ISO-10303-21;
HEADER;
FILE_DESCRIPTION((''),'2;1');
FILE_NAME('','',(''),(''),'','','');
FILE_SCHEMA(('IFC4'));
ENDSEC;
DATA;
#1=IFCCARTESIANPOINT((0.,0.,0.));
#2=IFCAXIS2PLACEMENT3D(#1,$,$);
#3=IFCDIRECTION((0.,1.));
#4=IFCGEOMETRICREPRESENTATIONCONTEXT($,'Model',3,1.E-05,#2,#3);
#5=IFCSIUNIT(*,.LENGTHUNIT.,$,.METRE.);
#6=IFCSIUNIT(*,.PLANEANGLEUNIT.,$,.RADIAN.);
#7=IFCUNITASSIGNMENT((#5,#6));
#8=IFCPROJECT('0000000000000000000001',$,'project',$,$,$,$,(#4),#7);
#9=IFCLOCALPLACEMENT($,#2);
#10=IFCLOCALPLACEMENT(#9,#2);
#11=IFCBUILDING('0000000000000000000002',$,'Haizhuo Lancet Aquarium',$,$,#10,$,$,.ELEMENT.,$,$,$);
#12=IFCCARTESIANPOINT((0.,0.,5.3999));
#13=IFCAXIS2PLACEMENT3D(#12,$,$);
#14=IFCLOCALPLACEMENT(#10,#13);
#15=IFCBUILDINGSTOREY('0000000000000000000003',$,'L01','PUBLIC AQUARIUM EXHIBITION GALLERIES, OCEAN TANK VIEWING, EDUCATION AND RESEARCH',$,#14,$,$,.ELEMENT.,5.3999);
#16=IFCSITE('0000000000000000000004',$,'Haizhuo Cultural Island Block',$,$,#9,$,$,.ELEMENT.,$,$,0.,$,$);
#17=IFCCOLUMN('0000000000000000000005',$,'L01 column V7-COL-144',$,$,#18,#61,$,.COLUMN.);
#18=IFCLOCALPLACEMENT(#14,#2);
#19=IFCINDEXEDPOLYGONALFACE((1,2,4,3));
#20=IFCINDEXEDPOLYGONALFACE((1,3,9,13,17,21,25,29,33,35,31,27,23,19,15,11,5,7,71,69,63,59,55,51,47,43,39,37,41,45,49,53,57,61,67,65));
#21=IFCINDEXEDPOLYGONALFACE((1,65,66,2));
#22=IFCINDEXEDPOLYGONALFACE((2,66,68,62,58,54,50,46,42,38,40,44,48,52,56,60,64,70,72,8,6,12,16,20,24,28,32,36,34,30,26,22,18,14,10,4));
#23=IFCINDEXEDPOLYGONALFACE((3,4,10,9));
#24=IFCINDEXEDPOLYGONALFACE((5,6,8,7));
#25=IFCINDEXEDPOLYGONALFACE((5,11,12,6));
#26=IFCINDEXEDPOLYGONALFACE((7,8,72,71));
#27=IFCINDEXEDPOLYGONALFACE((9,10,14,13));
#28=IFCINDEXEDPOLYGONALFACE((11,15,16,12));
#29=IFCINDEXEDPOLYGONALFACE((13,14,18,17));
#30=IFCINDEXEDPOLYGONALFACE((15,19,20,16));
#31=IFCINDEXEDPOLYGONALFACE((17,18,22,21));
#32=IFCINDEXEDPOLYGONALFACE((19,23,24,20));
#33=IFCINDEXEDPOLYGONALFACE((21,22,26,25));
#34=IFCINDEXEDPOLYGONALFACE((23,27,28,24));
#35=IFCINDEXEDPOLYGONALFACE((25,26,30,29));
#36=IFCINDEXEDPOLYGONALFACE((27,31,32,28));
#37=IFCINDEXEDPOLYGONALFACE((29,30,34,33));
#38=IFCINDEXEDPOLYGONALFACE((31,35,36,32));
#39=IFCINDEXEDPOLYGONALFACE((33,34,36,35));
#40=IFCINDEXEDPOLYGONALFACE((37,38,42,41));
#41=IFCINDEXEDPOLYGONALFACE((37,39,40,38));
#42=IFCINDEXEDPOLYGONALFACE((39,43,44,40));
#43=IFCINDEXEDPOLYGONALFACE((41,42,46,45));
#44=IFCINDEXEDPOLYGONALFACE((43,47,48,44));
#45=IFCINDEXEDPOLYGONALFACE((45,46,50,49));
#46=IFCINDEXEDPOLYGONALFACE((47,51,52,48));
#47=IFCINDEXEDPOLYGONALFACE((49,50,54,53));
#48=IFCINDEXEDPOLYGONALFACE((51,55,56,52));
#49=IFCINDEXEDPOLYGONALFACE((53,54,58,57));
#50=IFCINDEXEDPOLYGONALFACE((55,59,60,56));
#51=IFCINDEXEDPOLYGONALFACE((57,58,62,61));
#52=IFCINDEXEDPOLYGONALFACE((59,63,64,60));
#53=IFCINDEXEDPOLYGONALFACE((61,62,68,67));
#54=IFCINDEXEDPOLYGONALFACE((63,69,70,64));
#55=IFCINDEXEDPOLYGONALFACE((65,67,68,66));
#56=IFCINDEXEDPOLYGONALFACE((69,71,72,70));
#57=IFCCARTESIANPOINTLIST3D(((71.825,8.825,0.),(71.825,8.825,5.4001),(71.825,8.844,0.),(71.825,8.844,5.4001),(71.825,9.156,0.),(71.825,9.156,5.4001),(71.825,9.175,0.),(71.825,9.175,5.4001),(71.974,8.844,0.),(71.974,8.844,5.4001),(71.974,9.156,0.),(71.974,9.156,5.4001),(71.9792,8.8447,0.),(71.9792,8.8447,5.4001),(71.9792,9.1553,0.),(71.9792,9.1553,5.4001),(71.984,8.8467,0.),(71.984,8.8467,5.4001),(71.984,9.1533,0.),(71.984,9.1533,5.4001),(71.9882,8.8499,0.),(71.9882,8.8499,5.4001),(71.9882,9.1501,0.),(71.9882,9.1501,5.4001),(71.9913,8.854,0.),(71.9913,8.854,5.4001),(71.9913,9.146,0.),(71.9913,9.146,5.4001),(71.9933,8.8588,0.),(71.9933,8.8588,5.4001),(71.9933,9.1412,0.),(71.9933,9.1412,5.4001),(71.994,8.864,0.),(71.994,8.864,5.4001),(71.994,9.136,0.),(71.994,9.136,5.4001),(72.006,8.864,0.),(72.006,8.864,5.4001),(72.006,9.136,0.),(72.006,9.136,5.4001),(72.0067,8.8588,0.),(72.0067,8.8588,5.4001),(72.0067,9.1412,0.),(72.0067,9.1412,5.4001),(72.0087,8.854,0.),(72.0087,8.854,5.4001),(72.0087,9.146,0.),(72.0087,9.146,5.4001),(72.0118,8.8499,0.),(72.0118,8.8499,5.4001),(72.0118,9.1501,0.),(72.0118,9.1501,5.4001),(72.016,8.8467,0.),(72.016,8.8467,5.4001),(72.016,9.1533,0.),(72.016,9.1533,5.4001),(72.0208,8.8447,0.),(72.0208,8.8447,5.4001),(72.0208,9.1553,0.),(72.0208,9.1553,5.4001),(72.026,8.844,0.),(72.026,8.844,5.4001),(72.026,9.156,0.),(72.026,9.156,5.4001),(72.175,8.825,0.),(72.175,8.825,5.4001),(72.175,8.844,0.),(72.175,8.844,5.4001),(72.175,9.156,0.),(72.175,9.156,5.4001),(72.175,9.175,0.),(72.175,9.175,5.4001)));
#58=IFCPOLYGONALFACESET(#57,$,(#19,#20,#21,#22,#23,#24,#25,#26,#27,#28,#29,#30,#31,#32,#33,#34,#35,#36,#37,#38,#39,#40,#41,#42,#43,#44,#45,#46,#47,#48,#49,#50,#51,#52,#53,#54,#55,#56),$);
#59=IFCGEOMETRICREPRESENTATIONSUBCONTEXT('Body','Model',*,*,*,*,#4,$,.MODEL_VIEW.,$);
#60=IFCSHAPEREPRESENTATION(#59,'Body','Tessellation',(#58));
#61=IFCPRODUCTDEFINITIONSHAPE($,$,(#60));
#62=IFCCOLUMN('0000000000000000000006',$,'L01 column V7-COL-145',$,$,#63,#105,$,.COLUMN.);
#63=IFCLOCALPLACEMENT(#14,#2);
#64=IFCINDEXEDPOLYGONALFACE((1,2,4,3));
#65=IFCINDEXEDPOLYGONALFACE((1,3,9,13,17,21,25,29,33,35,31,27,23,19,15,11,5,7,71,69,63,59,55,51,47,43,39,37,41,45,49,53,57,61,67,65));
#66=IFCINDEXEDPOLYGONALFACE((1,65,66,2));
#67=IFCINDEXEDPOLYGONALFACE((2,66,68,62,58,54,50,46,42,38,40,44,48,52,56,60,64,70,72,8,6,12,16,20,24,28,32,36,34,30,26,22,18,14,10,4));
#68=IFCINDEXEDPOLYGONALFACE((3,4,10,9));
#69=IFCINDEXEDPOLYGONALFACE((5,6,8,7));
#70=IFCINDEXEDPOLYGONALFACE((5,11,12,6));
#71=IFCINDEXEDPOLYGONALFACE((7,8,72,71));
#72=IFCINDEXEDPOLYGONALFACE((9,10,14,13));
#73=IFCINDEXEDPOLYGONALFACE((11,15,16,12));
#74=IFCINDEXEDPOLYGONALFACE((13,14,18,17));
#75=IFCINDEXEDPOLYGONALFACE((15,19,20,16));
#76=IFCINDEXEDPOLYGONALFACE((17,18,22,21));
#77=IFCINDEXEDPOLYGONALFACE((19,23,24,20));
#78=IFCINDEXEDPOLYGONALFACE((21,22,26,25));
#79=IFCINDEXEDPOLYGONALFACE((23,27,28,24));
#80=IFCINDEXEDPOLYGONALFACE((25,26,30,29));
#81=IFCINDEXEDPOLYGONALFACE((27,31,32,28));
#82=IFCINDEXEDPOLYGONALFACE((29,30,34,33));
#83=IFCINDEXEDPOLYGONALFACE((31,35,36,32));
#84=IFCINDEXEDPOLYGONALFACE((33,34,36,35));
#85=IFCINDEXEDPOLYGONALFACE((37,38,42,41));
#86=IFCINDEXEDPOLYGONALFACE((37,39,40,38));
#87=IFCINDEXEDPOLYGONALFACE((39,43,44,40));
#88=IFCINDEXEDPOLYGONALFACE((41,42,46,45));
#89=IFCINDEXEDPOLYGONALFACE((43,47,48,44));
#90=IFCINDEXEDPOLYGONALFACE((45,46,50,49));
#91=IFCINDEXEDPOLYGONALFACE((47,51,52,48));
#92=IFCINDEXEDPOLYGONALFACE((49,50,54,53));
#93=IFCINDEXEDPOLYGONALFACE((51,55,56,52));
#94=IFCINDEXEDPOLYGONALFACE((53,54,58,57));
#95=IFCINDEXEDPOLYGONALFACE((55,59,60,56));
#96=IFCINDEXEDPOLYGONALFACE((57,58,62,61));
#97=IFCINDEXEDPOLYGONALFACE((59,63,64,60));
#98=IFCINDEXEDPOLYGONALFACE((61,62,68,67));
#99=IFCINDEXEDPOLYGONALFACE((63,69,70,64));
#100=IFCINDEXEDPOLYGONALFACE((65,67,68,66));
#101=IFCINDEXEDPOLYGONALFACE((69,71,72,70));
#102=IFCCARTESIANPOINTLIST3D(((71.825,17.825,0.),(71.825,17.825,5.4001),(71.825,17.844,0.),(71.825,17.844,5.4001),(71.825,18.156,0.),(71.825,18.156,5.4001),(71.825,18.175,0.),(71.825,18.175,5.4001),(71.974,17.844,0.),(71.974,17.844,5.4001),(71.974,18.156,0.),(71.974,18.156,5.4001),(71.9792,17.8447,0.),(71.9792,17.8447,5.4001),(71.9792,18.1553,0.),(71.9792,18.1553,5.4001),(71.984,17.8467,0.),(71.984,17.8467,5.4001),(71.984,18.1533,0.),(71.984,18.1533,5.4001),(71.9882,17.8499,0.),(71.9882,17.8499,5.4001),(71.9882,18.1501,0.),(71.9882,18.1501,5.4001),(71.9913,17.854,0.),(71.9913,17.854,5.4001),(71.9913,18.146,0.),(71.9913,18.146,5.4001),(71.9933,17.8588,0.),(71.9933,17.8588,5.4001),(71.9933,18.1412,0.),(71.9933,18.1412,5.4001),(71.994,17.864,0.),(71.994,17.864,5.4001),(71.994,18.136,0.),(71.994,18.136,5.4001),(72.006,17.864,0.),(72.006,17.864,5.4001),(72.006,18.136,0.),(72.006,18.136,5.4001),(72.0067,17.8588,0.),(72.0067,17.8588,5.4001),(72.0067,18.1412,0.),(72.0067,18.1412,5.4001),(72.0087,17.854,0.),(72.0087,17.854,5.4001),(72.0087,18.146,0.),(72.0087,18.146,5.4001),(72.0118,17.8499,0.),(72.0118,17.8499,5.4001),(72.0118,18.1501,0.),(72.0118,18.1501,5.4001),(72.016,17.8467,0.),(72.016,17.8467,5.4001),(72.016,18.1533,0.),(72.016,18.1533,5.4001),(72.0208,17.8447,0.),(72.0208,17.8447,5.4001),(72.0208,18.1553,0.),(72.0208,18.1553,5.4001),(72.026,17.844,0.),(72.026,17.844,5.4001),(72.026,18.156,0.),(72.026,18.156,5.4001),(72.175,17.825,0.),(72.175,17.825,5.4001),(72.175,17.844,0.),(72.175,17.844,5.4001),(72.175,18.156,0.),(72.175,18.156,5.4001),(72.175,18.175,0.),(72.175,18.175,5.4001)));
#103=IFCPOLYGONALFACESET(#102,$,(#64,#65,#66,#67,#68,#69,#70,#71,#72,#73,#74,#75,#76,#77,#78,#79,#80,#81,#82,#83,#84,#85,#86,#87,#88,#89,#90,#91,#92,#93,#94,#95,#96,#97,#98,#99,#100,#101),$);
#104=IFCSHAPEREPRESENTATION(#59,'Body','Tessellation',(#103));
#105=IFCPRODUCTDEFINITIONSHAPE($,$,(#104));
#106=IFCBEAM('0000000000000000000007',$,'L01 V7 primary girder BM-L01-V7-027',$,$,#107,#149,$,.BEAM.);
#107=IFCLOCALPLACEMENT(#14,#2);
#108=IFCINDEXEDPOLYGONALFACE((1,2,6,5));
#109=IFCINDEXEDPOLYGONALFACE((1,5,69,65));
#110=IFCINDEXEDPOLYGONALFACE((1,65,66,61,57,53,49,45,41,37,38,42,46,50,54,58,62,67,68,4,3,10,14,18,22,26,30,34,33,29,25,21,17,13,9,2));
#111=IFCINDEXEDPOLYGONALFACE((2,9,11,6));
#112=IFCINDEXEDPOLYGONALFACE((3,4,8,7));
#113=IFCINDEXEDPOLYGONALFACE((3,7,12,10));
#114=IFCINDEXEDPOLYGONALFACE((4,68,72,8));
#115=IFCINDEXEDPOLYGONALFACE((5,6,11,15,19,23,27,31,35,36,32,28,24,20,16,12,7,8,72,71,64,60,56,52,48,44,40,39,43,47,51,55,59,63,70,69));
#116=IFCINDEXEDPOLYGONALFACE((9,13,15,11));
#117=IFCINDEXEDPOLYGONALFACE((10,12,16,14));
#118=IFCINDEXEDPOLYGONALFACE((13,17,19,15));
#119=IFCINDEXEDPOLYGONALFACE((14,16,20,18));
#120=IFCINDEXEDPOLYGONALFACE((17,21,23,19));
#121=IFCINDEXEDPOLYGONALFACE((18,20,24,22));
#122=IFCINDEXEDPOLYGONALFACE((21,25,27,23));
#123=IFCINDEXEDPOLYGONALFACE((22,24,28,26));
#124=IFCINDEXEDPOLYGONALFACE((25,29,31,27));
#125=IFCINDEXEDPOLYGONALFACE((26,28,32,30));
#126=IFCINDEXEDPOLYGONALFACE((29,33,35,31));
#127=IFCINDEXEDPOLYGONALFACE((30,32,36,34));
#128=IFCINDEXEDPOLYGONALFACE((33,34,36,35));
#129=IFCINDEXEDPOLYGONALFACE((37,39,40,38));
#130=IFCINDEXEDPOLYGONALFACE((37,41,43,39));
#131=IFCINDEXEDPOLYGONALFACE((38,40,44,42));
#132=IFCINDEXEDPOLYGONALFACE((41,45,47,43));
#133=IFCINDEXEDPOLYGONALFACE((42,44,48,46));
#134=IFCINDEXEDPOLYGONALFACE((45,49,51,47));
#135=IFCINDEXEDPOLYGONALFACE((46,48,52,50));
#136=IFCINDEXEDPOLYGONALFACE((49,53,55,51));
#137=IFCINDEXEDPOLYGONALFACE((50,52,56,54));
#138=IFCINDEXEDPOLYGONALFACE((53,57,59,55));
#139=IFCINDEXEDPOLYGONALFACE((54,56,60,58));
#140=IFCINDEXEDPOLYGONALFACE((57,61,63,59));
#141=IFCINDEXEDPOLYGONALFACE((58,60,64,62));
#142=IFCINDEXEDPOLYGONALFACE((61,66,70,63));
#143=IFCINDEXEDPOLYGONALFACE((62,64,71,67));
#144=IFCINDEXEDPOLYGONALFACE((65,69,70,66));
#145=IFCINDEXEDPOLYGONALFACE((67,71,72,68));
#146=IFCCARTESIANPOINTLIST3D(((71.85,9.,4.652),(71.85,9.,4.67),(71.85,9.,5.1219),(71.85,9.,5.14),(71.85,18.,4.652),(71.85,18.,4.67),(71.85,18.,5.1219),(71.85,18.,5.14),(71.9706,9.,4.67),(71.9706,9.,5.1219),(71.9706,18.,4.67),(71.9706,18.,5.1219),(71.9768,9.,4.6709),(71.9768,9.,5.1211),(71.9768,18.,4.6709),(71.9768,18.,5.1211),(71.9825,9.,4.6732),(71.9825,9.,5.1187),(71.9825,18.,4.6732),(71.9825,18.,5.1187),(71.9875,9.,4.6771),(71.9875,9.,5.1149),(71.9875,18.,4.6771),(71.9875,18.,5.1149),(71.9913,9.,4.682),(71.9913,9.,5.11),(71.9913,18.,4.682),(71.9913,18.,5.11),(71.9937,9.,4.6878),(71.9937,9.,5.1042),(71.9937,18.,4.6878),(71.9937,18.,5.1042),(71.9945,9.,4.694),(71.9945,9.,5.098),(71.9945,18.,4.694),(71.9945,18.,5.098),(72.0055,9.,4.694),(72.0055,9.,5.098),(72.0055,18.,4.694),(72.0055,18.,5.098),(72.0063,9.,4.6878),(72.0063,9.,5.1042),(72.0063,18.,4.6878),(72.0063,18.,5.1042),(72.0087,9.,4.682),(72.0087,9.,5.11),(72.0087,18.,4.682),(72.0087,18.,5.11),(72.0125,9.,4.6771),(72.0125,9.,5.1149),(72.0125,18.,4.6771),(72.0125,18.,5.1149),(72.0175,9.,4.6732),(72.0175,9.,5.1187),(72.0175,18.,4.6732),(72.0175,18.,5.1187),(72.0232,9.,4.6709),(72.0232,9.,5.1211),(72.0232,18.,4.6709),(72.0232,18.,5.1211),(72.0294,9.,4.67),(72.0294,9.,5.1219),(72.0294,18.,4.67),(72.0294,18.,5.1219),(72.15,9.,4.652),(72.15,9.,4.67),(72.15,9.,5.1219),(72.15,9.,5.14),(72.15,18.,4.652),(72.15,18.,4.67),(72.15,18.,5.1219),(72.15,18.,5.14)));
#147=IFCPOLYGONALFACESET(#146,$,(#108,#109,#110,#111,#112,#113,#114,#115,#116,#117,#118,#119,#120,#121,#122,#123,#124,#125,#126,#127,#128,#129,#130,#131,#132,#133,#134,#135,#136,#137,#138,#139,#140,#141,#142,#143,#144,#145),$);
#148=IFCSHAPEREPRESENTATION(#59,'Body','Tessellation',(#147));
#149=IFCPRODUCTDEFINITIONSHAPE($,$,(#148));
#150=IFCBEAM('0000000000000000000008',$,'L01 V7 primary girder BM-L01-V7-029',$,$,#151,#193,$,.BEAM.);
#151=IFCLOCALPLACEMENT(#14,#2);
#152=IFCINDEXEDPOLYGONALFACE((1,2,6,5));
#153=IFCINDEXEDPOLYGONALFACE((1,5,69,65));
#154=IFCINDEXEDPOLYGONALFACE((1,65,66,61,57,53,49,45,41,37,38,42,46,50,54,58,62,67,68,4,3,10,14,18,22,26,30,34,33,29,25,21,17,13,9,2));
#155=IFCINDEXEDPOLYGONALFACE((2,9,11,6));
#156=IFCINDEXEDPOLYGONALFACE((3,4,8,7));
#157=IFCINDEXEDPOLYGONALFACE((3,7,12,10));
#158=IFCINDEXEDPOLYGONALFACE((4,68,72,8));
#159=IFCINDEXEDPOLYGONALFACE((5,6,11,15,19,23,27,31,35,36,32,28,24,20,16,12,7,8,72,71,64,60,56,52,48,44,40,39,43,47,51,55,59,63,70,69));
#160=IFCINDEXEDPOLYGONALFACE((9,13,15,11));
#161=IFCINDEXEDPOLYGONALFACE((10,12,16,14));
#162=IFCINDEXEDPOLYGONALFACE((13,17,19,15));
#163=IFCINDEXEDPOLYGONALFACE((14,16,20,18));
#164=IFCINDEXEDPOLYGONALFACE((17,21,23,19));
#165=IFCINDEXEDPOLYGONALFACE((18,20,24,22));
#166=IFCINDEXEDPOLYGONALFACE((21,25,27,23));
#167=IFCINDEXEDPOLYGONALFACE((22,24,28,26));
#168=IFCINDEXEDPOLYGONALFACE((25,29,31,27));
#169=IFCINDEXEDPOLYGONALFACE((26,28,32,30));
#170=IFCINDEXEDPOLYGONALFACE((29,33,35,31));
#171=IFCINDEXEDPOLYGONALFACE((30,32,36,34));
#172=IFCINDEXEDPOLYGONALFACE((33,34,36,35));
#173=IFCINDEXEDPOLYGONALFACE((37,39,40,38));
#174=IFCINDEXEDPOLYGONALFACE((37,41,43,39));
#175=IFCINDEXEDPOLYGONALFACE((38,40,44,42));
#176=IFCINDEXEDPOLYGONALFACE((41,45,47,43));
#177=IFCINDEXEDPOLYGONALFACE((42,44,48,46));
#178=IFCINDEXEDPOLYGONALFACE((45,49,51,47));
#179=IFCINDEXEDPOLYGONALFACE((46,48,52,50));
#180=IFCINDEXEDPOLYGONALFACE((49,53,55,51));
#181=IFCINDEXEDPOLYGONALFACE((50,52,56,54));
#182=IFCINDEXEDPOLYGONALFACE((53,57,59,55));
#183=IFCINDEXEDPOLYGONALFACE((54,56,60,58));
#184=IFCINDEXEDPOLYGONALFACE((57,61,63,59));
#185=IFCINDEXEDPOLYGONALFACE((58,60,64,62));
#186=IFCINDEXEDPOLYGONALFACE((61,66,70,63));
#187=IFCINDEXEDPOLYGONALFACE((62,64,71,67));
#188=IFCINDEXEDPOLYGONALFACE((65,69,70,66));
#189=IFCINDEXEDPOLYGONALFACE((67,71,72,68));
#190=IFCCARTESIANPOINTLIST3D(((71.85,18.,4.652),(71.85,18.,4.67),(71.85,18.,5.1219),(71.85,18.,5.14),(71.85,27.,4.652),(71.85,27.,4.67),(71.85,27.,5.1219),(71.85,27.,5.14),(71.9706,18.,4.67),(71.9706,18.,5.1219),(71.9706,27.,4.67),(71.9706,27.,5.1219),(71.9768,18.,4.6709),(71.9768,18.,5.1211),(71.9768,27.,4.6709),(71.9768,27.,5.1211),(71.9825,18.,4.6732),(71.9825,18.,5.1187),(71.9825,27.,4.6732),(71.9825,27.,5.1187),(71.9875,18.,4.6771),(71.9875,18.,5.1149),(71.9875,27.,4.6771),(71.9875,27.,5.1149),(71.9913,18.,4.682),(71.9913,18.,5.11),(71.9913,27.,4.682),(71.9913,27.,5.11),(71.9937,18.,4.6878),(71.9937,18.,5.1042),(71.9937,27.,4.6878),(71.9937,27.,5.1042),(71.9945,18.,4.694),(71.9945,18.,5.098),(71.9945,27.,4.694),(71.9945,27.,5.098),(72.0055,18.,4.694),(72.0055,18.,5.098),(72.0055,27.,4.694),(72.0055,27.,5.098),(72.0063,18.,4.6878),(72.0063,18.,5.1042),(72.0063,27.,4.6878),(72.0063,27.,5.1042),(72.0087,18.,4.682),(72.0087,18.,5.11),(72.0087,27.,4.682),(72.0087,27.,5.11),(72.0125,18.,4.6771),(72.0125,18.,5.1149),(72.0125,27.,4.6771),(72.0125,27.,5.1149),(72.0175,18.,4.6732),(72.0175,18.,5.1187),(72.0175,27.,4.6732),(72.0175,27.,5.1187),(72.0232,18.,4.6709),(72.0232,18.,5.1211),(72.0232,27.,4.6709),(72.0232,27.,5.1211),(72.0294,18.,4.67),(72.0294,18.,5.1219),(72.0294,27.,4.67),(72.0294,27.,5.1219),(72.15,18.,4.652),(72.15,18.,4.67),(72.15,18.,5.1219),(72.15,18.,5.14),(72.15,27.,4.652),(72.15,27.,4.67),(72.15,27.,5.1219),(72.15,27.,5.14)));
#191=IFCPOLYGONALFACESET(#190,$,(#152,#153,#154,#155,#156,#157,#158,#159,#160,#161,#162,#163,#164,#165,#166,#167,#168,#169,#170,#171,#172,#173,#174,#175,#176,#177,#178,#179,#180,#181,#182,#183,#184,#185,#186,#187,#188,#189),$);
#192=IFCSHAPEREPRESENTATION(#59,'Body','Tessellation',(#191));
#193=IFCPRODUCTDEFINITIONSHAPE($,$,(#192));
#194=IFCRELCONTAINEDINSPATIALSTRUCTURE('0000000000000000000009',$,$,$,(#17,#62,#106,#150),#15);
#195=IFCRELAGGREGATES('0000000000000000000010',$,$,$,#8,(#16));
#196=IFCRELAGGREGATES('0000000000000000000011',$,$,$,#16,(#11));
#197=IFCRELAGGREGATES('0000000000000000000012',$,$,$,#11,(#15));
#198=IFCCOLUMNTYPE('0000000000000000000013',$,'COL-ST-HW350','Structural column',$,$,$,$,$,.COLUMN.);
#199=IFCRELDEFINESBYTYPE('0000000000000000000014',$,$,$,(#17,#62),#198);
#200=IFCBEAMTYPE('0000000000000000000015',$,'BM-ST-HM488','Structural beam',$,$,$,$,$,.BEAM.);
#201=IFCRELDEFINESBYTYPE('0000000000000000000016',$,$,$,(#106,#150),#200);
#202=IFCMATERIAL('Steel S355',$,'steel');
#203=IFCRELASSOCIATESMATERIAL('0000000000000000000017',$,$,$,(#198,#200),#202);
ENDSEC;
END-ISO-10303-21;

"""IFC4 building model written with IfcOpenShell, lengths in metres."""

from ifc_helpers import new_model, si_unit, direction, frame, origin, origin_2d, place, context, subcontext, project, spatial, i_section, extrude, material, material_profile, profile_set, type_object, element, save


model = new_model("IFC4")

# Units and contexts
model_context = context("Model", 3, precision=1e-05, world=origin(), true_north=direction((0.0, 1.0)))
body_context = subcontext(model_context, "Body", "Model", "MODEL_VIEW")
ifc_project = project(units=[si_unit("LENGTHUNIT", "METRE"), si_unit("PLANEANGLEUNIT", "RADIAN")], contexts=[model_context])

# Site, building, storey
site_placement = place(None, origin())
site = spatial("IfcSite", under=ifc_project, at=site_placement, Name="Haizhuo Cultural Island Block", CompositionType="ELEMENT", RefElevation=0.0)
building_placement = place(site_placement, origin())
building = spatial("IfcBuilding", under=site, at=building_placement, Name="Haizhuo Lancet Aquarium", CompositionType="ELEMENT")
storey_placement = place(building_placement, frame((0.0, 0.0, 5.3999)))
storey = spatial("IfcBuildingStorey", under=building, at=storey_placement, Name="L01", Description="PUBLIC AQUARIUM EXHIBITION GALLERIES, OCEAN TANK VIEWING, EDUCATION AND RESEARCH", CompositionType="ELEMENT", Elevation=5.3999)

# Columns
ifc_material_1 = material(Name="Steel S355", Category="steel")
ifc_material_profile_1 = material_profile(ifc_material_1, i_section(OverallWidth=0.3501, OverallDepth=0.3501, WebThickness=0.012, FlangeThickness=0.019, FilletRadius=0.02, at=origin_2d()), Name="HW 350x350x12x19")
ifc_profile_set_1 = profile_set([ifc_material_profile_1], Name="Steel S355")
column_type = type_object("IfcColumnType", Name="COL-ST-HW350", Description="Structural column", PredefinedType="COLUMN", material=ifc_profile_set_1)
for number, where, z_axis, x_axis, name in (
    (1, (72.0, 9.0, 0.0), (0.0, 0.0, 1.0), (1.0, 0.0, 0.0), "L01 column V7-COL-144"),
    (2, (72.0, 18.0, 0.0), (0.0, 0.0, 1.0), (1.0, 0.0, 0.0), "L01 column V7-COL-145"),
):
    element("IfcColumn", number, at=place(storey_placement, frame(where, z_axis=z_axis, x_axis=x_axis)), inside=storey, type_object=column_type, Name=name, PredefinedType="COLUMN", context=body_context, shape_type="SweptSolid", body=[
        extrude(i_section(OverallWidth=0.3501, OverallDepth=0.3501, WebThickness=0.012, FlangeThickness=0.019, FilletRadius=0.02, at=origin_2d()), origin(), (0.0, 0.0, 1.0), 5.4001),
    ])

# Beams
ifc_material_profile_2 = material_profile(ifc_material_1, i_section(OverallWidth=0.3, OverallDepth=0.488, WebThickness=0.011, FlangeThickness=0.0181, FilletRadius=0.0239, at=origin_2d()), Name="HM 488x300x11x18")
ifc_profile_set_2 = profile_set([ifc_material_profile_2], Name="Steel S355")
beam_type_1 = type_object("IfcBeamType", Name="BM-ST-HM488", Description="Structural beam", PredefinedType="BEAM", material=ifc_profile_set_2)
for number, where, z_axis, x_axis, name in (
    (3, (72.0, 9.0, 4.896), (0.0, 1.0, 0.0), (-1.0, 0.0, 0.0), "L01 V7 primary girder BM-L01-V7-027"),
    (4, (72.0, 18.0, 4.896), (0.0, 1.0, 0.0), (-1.0, 0.0, 0.0), "L01 V7 primary girder BM-L01-V7-029"),
):
    element("IfcBeam", number, at=place(storey_placement, frame(where, z_axis=z_axis, x_axis=x_axis)), inside=storey, type_object=beam_type_1, Name=name, PredefinedType="BEAM", context=body_context, shape_type="SweptSolid", body=[
        extrude(i_section(OverallWidth=0.3, OverallDepth=0.488, WebThickness=0.011, FlangeThickness=0.0181, FilletRadius=0.0239, at=origin_2d()), origin(), (0.0, 0.0, 1.0), 9.0),
    ])

save(model, "model.ifc")
